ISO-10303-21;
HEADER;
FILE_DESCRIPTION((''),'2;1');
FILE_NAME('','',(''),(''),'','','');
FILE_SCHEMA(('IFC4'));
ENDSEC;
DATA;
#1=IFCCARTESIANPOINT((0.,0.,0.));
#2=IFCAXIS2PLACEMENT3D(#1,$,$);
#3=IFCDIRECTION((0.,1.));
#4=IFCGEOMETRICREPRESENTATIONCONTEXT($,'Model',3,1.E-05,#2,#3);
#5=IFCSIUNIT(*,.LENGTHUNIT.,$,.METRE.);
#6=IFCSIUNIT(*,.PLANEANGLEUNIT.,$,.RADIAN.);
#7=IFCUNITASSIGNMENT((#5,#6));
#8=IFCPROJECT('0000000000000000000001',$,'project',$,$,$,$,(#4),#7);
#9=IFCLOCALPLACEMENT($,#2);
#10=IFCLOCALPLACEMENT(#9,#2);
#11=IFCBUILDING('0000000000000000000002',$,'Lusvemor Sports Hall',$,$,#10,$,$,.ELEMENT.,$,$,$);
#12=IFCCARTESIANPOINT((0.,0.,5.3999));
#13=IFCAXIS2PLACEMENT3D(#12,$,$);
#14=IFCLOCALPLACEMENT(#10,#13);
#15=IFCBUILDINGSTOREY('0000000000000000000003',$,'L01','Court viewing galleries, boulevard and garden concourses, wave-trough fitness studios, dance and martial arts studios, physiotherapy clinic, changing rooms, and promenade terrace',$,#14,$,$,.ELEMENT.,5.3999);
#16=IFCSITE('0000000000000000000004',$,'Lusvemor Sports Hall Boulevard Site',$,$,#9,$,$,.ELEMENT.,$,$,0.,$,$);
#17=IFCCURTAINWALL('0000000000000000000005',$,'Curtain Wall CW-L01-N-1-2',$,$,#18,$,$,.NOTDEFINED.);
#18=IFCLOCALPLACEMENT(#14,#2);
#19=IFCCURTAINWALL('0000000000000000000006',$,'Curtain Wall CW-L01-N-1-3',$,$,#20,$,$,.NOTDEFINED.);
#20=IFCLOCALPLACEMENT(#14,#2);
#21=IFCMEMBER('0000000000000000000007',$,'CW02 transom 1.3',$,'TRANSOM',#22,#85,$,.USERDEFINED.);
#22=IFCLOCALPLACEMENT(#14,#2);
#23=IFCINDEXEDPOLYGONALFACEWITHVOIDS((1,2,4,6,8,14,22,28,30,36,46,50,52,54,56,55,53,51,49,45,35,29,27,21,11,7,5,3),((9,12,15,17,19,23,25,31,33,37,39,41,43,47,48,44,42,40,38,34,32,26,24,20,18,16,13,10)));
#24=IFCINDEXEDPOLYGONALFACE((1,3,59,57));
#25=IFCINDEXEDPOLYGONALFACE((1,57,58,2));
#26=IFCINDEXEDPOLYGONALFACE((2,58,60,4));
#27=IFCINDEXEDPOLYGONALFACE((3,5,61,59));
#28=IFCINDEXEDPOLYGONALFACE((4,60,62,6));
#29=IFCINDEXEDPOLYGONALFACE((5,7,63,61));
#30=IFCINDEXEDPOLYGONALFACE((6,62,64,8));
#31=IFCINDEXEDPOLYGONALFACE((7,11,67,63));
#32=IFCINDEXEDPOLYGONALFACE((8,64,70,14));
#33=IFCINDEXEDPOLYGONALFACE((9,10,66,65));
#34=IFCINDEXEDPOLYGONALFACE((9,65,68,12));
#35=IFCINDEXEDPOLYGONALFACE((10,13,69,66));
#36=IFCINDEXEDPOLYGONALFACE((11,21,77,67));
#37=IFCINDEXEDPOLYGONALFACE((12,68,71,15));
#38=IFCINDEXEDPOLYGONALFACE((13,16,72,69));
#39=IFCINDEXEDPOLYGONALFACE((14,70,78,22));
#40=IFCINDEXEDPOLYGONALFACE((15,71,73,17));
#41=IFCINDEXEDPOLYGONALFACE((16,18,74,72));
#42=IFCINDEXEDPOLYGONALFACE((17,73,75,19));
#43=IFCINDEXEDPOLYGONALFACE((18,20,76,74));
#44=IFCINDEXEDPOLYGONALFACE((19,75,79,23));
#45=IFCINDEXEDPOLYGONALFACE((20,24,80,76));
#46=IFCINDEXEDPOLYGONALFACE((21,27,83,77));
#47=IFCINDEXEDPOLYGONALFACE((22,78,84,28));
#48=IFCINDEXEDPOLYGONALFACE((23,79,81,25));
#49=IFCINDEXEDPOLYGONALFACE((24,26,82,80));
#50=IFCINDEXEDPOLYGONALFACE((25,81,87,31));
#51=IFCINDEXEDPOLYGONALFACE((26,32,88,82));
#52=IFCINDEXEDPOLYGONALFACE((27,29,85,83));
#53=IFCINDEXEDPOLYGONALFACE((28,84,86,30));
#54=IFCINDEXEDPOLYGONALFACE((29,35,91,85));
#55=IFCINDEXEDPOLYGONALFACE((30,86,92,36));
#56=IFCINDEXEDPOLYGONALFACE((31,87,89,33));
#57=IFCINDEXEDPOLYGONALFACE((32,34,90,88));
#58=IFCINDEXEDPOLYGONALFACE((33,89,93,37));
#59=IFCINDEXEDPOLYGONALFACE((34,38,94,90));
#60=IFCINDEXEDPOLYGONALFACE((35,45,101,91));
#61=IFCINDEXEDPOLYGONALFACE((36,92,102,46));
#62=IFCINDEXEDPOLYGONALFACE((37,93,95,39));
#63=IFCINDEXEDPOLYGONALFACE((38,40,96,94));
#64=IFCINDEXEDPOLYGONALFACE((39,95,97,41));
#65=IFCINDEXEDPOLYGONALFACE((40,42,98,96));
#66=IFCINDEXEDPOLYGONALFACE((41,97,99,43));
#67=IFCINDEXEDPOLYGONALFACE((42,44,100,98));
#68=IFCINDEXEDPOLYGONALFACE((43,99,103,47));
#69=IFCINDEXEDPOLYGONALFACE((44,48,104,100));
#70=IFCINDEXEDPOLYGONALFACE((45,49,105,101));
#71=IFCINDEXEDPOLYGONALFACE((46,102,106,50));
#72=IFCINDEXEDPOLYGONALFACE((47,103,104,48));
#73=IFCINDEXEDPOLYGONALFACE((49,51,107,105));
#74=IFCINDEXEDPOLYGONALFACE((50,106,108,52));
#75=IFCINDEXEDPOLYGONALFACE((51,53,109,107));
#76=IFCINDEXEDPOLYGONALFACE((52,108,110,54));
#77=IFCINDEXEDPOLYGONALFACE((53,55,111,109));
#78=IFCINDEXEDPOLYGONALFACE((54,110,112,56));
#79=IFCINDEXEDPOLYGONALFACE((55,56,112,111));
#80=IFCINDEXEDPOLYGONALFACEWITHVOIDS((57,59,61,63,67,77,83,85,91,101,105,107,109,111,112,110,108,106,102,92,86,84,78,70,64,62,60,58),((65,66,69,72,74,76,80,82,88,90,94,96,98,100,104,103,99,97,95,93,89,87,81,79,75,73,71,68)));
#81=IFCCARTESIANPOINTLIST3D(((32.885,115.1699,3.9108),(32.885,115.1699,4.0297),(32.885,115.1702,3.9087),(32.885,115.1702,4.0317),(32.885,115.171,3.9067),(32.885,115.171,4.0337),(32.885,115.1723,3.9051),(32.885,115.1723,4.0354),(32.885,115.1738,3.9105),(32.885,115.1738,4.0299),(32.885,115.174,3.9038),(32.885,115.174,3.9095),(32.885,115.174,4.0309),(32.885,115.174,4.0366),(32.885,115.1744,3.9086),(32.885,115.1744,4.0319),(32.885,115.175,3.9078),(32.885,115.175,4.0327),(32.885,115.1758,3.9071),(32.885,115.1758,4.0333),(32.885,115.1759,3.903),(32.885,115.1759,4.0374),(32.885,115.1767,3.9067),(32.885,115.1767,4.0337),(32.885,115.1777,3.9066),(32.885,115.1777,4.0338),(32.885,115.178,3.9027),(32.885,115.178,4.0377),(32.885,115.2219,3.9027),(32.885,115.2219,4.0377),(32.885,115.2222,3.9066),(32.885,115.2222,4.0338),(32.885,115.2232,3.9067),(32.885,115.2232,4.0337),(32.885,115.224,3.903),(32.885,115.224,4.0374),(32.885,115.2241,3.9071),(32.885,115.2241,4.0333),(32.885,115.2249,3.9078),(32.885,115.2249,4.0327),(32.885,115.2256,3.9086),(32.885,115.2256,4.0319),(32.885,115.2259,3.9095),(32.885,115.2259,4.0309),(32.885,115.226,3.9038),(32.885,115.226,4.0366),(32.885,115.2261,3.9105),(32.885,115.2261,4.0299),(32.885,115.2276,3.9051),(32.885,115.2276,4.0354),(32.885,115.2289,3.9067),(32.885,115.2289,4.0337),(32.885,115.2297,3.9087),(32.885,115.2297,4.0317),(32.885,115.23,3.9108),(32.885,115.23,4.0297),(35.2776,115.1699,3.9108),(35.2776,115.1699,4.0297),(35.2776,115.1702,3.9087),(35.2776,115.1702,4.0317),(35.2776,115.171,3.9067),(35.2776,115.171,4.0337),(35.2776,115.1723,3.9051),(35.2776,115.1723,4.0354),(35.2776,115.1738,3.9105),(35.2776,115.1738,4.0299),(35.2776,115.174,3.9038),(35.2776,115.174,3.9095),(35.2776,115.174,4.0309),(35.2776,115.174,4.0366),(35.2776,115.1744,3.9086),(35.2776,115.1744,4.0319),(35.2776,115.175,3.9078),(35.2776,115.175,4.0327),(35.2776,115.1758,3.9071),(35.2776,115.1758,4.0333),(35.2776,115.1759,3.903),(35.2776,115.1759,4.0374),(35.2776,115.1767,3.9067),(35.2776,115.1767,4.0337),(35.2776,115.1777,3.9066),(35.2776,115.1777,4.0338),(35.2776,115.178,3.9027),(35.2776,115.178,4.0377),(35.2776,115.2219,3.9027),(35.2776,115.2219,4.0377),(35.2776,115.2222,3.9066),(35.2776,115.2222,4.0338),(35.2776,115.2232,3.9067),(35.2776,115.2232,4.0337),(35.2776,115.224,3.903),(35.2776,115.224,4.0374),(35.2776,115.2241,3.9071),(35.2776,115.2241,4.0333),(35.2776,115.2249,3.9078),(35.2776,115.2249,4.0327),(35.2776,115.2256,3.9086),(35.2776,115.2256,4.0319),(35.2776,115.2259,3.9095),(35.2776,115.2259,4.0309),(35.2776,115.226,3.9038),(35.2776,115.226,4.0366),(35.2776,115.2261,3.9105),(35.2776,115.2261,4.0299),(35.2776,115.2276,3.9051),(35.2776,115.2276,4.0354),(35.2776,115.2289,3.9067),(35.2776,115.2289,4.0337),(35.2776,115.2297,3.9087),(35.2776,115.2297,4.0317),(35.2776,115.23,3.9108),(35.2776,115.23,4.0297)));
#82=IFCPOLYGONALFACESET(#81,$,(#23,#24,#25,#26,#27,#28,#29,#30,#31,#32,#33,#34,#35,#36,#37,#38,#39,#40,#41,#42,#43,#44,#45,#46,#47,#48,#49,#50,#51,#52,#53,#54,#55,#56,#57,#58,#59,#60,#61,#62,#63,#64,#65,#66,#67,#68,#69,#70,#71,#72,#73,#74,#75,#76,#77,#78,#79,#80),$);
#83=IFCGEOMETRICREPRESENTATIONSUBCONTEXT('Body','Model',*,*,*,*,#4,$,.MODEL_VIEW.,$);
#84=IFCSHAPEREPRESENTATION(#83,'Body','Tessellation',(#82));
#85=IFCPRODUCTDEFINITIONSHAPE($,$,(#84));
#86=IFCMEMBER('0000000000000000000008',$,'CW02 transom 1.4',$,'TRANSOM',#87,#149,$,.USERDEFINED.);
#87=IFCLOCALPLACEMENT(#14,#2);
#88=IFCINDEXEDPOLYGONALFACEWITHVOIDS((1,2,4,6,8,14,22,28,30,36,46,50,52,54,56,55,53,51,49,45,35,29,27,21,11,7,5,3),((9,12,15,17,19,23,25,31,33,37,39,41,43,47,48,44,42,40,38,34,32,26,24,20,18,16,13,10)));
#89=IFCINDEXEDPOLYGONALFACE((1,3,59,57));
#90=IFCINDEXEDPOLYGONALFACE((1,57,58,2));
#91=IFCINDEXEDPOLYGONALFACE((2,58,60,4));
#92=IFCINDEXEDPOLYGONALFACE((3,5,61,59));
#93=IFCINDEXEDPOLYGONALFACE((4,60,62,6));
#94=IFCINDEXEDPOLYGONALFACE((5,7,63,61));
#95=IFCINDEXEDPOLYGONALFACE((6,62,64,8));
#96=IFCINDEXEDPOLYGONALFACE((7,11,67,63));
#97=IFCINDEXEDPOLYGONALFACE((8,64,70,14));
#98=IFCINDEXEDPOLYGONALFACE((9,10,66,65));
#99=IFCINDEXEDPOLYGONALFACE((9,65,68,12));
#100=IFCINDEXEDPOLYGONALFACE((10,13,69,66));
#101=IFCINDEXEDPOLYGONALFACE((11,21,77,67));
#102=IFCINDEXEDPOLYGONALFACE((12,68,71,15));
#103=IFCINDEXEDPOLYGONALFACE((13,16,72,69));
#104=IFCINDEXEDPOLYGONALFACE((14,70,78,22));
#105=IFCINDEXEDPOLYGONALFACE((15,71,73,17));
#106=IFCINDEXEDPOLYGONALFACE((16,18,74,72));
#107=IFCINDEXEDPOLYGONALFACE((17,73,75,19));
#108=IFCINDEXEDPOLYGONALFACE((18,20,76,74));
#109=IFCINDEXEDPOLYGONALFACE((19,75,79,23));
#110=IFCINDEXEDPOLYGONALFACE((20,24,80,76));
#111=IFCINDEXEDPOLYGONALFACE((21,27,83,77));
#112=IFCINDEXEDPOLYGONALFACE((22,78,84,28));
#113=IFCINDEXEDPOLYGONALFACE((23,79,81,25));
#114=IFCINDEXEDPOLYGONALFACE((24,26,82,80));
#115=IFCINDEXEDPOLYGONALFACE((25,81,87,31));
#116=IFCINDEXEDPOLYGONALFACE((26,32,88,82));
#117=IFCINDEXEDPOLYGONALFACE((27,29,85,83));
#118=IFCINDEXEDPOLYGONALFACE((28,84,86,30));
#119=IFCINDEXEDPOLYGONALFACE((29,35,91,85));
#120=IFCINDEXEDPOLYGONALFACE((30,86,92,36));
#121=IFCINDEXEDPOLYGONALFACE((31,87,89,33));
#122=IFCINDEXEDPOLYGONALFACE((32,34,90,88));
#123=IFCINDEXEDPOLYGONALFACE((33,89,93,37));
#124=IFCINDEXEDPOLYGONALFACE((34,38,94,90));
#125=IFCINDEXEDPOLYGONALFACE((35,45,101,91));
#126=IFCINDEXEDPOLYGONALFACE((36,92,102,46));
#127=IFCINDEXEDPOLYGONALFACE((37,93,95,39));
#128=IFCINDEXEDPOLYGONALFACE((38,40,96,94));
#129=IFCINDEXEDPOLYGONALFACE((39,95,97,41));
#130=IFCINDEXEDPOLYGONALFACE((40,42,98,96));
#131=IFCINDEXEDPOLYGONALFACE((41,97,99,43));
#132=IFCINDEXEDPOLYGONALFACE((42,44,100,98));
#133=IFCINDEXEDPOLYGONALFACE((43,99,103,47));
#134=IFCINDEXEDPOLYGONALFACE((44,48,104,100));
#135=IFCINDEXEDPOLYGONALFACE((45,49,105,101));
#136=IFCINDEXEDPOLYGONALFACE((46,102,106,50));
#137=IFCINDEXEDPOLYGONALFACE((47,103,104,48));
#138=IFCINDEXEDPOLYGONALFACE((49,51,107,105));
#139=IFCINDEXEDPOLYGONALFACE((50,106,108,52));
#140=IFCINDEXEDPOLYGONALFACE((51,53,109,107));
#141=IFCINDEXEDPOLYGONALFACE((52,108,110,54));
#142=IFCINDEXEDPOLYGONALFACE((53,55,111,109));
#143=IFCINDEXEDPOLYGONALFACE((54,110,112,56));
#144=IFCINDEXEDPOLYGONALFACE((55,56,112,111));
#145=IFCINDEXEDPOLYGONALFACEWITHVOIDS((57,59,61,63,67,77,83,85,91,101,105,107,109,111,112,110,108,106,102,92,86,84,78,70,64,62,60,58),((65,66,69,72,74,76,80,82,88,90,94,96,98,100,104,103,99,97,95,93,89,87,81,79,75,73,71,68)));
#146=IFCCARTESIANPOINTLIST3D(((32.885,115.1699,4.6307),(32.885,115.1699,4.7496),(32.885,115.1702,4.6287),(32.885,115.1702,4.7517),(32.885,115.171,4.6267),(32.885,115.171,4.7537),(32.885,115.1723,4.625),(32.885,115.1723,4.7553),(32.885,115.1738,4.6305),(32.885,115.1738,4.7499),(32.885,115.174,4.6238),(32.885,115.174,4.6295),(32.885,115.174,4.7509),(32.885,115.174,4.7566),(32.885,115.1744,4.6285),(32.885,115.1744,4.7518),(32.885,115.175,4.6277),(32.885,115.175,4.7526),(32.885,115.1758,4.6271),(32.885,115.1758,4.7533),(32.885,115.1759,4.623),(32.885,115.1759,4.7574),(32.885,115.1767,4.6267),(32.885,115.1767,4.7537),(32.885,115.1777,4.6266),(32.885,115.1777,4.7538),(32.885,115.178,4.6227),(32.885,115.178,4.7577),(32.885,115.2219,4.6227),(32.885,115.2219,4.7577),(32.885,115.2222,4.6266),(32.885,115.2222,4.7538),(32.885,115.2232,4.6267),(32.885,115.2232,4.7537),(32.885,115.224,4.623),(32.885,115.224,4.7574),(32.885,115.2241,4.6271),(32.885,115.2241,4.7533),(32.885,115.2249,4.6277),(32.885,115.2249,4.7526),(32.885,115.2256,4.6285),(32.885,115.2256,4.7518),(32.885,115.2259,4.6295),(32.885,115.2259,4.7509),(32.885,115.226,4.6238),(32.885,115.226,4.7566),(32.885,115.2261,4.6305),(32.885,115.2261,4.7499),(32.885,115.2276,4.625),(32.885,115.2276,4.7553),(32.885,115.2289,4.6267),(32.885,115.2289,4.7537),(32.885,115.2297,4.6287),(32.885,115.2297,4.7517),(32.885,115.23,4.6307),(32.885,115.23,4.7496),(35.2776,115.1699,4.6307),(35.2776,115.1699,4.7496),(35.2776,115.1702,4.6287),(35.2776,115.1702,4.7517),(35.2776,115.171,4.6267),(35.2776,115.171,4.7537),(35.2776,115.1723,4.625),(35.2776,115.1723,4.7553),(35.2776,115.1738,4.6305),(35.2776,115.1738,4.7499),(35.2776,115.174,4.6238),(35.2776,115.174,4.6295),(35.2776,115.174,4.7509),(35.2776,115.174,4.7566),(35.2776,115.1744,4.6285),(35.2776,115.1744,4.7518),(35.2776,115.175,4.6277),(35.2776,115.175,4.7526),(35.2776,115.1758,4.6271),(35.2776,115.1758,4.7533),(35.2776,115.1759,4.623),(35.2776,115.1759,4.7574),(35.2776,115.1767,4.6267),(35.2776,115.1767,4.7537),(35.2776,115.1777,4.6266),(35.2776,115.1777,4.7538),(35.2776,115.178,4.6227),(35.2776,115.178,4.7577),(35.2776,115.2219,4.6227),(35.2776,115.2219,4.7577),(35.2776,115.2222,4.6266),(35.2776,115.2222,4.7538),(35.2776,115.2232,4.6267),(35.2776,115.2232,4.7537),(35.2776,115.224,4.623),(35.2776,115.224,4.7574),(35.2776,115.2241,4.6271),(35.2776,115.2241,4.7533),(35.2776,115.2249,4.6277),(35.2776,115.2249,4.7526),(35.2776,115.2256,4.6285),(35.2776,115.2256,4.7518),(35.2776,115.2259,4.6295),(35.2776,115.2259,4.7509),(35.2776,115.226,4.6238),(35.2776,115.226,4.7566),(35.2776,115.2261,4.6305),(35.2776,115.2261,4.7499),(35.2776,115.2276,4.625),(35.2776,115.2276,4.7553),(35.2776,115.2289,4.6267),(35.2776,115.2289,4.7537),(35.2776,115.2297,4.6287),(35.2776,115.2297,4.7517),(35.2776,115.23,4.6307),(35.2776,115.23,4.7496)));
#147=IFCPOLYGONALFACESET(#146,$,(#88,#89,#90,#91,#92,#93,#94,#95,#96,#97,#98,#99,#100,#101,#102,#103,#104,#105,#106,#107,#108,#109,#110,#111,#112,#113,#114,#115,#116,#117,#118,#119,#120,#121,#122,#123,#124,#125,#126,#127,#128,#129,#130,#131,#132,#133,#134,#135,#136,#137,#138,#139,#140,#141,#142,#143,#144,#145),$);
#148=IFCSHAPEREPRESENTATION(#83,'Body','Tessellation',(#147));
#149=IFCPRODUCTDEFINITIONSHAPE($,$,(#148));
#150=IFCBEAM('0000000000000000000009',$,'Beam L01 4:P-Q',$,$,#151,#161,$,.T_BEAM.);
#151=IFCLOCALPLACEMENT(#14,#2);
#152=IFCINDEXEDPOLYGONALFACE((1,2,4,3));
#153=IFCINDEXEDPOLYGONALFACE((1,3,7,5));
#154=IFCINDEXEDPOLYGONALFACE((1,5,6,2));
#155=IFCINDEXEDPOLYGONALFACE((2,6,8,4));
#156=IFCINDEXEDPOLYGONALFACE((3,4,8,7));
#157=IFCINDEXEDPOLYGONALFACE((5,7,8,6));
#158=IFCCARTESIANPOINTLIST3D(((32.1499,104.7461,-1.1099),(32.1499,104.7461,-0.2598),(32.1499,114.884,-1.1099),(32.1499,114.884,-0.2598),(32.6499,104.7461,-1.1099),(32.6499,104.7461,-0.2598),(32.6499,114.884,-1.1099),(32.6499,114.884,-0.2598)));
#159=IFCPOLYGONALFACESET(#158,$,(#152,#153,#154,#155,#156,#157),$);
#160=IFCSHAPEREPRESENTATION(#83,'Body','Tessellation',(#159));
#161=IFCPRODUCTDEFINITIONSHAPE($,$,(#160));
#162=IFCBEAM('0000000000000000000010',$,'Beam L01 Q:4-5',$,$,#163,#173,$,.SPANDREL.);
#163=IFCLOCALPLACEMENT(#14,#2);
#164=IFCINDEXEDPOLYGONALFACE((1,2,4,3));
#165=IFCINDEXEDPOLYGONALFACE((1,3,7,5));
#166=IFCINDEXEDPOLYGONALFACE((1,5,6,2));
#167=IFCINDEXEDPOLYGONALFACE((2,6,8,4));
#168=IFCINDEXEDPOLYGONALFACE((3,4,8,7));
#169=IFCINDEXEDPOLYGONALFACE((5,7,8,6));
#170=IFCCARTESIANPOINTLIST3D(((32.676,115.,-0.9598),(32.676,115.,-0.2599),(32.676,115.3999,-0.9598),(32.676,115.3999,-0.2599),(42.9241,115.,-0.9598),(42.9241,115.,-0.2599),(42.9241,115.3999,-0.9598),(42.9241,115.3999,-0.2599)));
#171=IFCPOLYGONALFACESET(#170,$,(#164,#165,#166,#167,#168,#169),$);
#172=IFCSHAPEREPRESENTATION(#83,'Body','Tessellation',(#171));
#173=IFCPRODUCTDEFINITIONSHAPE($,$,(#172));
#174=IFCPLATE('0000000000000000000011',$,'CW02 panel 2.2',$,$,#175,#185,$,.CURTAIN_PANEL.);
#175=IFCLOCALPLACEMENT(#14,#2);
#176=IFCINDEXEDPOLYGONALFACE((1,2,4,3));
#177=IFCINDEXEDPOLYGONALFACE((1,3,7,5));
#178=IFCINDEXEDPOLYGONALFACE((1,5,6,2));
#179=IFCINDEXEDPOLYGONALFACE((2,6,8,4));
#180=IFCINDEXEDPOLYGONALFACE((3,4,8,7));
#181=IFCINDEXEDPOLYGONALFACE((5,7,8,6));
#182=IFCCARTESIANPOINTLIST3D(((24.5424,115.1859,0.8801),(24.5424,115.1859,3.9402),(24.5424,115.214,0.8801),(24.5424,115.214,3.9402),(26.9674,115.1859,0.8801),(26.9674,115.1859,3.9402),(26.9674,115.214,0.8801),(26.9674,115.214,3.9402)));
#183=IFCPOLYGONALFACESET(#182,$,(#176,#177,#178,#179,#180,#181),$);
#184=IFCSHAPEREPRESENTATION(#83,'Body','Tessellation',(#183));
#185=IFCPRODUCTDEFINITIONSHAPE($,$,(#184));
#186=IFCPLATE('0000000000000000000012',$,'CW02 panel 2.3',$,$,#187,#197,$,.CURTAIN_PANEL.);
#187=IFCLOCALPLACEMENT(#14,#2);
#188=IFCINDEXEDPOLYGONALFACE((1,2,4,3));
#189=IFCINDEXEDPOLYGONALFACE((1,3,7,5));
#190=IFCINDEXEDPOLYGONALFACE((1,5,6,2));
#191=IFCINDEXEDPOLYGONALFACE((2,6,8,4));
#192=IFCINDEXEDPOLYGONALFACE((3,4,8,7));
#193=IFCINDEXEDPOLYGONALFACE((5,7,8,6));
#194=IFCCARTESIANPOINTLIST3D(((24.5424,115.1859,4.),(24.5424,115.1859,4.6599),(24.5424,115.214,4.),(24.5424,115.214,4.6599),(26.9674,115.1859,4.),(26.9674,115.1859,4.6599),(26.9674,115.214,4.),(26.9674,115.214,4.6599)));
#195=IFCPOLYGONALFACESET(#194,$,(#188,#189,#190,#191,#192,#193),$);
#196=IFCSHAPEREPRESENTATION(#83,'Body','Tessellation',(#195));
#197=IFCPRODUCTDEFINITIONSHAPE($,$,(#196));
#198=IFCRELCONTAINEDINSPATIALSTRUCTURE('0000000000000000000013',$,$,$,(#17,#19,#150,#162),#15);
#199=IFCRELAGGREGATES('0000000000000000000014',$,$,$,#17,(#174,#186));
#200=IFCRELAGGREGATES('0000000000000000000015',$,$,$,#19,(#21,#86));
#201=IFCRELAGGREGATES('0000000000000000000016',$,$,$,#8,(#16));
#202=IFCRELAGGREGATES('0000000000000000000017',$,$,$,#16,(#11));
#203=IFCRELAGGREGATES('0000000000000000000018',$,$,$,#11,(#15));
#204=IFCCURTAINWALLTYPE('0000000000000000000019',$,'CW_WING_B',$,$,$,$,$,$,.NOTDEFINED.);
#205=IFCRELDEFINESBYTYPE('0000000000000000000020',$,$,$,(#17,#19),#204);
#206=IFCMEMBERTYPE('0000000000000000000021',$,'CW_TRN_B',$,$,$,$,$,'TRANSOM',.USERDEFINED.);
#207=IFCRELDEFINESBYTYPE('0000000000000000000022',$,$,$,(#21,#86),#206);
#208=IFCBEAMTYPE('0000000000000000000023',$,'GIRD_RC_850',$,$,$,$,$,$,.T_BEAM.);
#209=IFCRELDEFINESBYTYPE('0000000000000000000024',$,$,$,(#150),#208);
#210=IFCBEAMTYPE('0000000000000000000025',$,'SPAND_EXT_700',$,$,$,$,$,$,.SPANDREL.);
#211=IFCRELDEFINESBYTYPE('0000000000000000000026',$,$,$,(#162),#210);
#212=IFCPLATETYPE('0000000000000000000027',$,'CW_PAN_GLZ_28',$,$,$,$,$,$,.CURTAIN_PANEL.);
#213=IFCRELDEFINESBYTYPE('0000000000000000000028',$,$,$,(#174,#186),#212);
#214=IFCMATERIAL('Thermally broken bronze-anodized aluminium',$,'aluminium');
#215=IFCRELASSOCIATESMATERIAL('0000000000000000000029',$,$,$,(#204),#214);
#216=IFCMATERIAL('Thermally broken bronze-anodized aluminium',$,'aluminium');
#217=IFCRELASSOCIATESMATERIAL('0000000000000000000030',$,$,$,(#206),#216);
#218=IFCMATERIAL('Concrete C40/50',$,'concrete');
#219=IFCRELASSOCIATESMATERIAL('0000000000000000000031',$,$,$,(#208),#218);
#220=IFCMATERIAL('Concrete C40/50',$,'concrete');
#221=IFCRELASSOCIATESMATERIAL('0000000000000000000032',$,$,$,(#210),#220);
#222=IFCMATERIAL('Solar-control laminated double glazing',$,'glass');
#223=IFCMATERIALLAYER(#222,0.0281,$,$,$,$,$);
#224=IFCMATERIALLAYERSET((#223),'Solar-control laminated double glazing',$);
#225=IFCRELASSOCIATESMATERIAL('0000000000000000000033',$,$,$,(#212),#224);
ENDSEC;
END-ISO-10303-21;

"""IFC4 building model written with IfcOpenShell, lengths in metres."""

from ifc_helpers import new_model, si_unit, direction, frame, origin, origin_2d, place, context, subcontext, project, spatial, rectangle, hollow_rectangle, extrude, material, layer, layer_set, material_profile, profile_set, type_object, element, aggregate, save


model = new_model("IFC4")

# Units and contexts
model_context = context("Model", 3, precision=1e-05, world=origin(), true_north=direction((0.0, 1.0)))
body_context = subcontext(model_context, "Body", "Model", "MODEL_VIEW")
ifc_project = project(units=[si_unit("LENGTHUNIT", "METRE"), si_unit("PLANEANGLEUNIT", "RADIAN")], contexts=[model_context])

# Site, building, storey
site_placement = place(None, origin())
site = spatial("IfcSite", under=ifc_project, at=site_placement, Name="Lusvemor Sports Hall Boulevard Site", CompositionType="ELEMENT", RefElevation=0.0)
building_placement = place(site_placement, origin())
building = spatial("IfcBuilding", under=site, at=building_placement, Name="Lusvemor Sports Hall", CompositionType="ELEMENT")
storey_placement = place(building_placement, frame((0.0, 0.0, 5.3999)))
storey = spatial("IfcBuildingStorey", under=building, at=storey_placement, Name="L01", Description="Court viewing galleries, boulevard and garden concourses, wave-trough fitness studios, dance and martial arts studios, physiotherapy clinic, changing rooms, and promenade terrace", CompositionType="ELEMENT", Elevation=5.3999)

# Curtain wall
ifc_material_1 = material(Name="Thermally broken bronze-anodized aluminium", Category="aluminium")
curtain_wall_type = type_object("IfcCurtainWallType", Name="CW_WING_B", PredefinedType="NOTDEFINED", material=ifc_material_1)
curtain_wall_1_placement = place(storey_placement, origin())
curtain_wall_1 = element("IfcCurtainWall", 1, at=curtain_wall_1_placement, inside=storey, type_object=curtain_wall_type, Name="Curtain Wall CW-L01-N-1-2", PredefinedType="NOTDEFINED")

# Curtain wall
curtain_wall_2_placement = place(storey_placement, origin())
curtain_wall_2 = element("IfcCurtainWall", 2, at=curtain_wall_2_placement, inside=storey, type_object=curtain_wall_type, Name="Curtain Wall CW-L01-N-1-3", PredefinedType="NOTDEFINED")

# Members
ifc_material_2 = material(Name="Thermally broken bronze-anodized aluminium", Category="aluminium")
ifc_material_profile_1 = material_profile(ifc_material_2, hollow_rectangle(XDim=0.0601, YDim=0.135, WallThickness=0.0039, InnerFilletRadius=0.0039, OuterFilletRadius=0.0081, at=origin_2d()), Name="CWTRN135x60x4")
ifc_profile_set_1 = profile_set([ifc_material_profile_1], Name="Thermally broken bronze-anodized aluminium")
member_type_1 = type_object("IfcMemberType", Name="CW_TRN_B", ElementType="TRANSOM", PredefinedType="USERDEFINED", material=ifc_profile_set_1)
member_1_placement = place(storey_placement, frame((32.885, 115.2, 3.9702), z_axis=(1.0, 0.0, 0.0), x_axis=(0.0, 1.0, 0.0)))
member_1 = element("IfcMember", 3, at=member_1_placement, type_object=member_type_1, Name="CW02 transom 1.3", ObjectType="TRANSOM", PredefinedType="USERDEFINED", context=body_context, shape_type="SweptSolid", body=[
    extrude(hollow_rectangle(XDim=0.0601, YDim=0.135, WallThickness=0.0039, InnerFilletRadius=0.0039, OuterFilletRadius=0.0081, at=origin_2d()), origin(), (0.0, 0.0, 1.0), 2.3926),
])
member_2_placement = place(storey_placement, frame((32.885, 115.2, 4.6902), z_axis=(1.0, 0.0, 0.0), x_axis=(0.0, 1.0, 0.0)))
member_2 = element("IfcMember", 4, at=member_2_placement, type_object=member_type_1, Name="CW02 transom 1.4", ObjectType="TRANSOM", PredefinedType="USERDEFINED", context=body_context, shape_type="SweptSolid", body=[
    extrude(hollow_rectangle(XDim=0.0601, YDim=0.135, WallThickness=0.0039, InnerFilletRadius=0.0039, OuterFilletRadius=0.0081, at=origin_2d()), origin(), (0.0, 0.0, 1.0), 2.3926),
])

# Beams
ifc_material_3 = material(Name="Concrete C40/50", Category="concrete")
ifc_material_profile_2 = material_profile(ifc_material_3, rectangle(XDim=0.5, YDim=0.8501, at=origin_2d()), Name="RC500x850")
ifc_profile_set_2 = profile_set([ifc_material_profile_2], Name="Concrete C40/50")
beam_type_1 = type_object("IfcBeamType", Name="GIRD_RC_850", PredefinedType="T_BEAM", material=ifc_profile_set_2)
beam_1_placement = place(storey_placement, frame((32.3999, 104.7461, -0.6848), z_axis=(0.0, 1.0, 0.0), x_axis=(-1.0, 0.0, 0.0)))
element("IfcBeam", 5, at=beam_1_placement, inside=storey, type_object=beam_type_1, Name="Beam L01 4:P-Q", PredefinedType="T_BEAM", context=body_context, shape_type="SweptSolid", body=[
    extrude(rectangle(XDim=0.5, YDim=0.8501, at=origin_2d()), origin(), (0.0, 0.0, 1.0), 10.1379),
])
ifc_material_4 = material(Name="Concrete C40/50", Category="concrete")
ifc_material_profile_3 = material_profile(ifc_material_4, rectangle(XDim=0.3999, YDim=0.7, at=origin_2d()), Name="RC400x700")
ifc_profile_set_3 = profile_set([ifc_material_profile_3], Name="Concrete C40/50")
beam_type_2 = type_object("IfcBeamType", Name="SPAND_EXT_700", PredefinedType="SPANDREL", material=ifc_profile_set_3)
beam_2_placement = place(storey_placement, frame((32.676, 115.2, -0.6099), z_axis=(1.0, 0.0, 0.0), x_axis=(0.0, 1.0, 0.0)))
element("IfcBeam", 6, at=beam_2_placement, inside=storey, type_object=beam_type_2, Name="Beam L01 Q:4-5", PredefinedType="SPANDREL", context=body_context, shape_type="SweptSolid", body=[
    extrude(rectangle(XDim=0.3999, YDim=0.7, at=origin_2d()), origin(), (0.0, 0.0, 1.0), 10.248),
])

# Plates
ifc_material_5 = material(Name="Solar-control laminated double glazing", Category="glass")
ifc_layer_1 = layer(ifc_material_5, 0.0281)
ifc_layer_set_1 = layer_set([ifc_layer_1], Name="Solar-control laminated double glazing")
plate_type_1 = type_object("IfcPlateType", Name="CW_PAN_GLZ_28", PredefinedType="CURTAIN_PANEL", material=ifc_layer_set_1)
plate_1_placement = place(storey_placement, frame((25.7549, 115.2, 0.8801), z_axis=(0.0, 0.0, 1.0), x_axis=(1.0, 0.0, 0.0)))
plate_1 = element("IfcPlate", 7, at=plate_1_placement, type_object=plate_type_1, Name="CW02 panel 2.2", PredefinedType="CURTAIN_PANEL", context=body_context, shape_type="SweptSolid", body=[
    extrude(rectangle(XDim=2.425, YDim=0.0281, at=origin_2d()), origin(), (0.0, 0.0, 1.0), 3.0601),
])
plate_2_placement = place(storey_placement, frame((25.7549, 115.2, 4.0), z_axis=(0.0, 0.0, 1.0), x_axis=(1.0, 0.0, 0.0)))
plate_2 = element("IfcPlate", 8, at=plate_2_placement, type_object=plate_type_1, Name="CW02 panel 2.3", PredefinedType="CURTAIN_PANEL", context=body_context, shape_type="SweptSolid", body=[
    extrude(rectangle(XDim=2.425, YDim=0.0281, at=origin_2d()), origin(), (0.0, 0.0, 1.0), 0.6599),
])
aggregate(curtain_wall_1, [plate_1, plate_2])
aggregate(curtain_wall_2, [member_1, member_2])

save(model, "model.ifc")
